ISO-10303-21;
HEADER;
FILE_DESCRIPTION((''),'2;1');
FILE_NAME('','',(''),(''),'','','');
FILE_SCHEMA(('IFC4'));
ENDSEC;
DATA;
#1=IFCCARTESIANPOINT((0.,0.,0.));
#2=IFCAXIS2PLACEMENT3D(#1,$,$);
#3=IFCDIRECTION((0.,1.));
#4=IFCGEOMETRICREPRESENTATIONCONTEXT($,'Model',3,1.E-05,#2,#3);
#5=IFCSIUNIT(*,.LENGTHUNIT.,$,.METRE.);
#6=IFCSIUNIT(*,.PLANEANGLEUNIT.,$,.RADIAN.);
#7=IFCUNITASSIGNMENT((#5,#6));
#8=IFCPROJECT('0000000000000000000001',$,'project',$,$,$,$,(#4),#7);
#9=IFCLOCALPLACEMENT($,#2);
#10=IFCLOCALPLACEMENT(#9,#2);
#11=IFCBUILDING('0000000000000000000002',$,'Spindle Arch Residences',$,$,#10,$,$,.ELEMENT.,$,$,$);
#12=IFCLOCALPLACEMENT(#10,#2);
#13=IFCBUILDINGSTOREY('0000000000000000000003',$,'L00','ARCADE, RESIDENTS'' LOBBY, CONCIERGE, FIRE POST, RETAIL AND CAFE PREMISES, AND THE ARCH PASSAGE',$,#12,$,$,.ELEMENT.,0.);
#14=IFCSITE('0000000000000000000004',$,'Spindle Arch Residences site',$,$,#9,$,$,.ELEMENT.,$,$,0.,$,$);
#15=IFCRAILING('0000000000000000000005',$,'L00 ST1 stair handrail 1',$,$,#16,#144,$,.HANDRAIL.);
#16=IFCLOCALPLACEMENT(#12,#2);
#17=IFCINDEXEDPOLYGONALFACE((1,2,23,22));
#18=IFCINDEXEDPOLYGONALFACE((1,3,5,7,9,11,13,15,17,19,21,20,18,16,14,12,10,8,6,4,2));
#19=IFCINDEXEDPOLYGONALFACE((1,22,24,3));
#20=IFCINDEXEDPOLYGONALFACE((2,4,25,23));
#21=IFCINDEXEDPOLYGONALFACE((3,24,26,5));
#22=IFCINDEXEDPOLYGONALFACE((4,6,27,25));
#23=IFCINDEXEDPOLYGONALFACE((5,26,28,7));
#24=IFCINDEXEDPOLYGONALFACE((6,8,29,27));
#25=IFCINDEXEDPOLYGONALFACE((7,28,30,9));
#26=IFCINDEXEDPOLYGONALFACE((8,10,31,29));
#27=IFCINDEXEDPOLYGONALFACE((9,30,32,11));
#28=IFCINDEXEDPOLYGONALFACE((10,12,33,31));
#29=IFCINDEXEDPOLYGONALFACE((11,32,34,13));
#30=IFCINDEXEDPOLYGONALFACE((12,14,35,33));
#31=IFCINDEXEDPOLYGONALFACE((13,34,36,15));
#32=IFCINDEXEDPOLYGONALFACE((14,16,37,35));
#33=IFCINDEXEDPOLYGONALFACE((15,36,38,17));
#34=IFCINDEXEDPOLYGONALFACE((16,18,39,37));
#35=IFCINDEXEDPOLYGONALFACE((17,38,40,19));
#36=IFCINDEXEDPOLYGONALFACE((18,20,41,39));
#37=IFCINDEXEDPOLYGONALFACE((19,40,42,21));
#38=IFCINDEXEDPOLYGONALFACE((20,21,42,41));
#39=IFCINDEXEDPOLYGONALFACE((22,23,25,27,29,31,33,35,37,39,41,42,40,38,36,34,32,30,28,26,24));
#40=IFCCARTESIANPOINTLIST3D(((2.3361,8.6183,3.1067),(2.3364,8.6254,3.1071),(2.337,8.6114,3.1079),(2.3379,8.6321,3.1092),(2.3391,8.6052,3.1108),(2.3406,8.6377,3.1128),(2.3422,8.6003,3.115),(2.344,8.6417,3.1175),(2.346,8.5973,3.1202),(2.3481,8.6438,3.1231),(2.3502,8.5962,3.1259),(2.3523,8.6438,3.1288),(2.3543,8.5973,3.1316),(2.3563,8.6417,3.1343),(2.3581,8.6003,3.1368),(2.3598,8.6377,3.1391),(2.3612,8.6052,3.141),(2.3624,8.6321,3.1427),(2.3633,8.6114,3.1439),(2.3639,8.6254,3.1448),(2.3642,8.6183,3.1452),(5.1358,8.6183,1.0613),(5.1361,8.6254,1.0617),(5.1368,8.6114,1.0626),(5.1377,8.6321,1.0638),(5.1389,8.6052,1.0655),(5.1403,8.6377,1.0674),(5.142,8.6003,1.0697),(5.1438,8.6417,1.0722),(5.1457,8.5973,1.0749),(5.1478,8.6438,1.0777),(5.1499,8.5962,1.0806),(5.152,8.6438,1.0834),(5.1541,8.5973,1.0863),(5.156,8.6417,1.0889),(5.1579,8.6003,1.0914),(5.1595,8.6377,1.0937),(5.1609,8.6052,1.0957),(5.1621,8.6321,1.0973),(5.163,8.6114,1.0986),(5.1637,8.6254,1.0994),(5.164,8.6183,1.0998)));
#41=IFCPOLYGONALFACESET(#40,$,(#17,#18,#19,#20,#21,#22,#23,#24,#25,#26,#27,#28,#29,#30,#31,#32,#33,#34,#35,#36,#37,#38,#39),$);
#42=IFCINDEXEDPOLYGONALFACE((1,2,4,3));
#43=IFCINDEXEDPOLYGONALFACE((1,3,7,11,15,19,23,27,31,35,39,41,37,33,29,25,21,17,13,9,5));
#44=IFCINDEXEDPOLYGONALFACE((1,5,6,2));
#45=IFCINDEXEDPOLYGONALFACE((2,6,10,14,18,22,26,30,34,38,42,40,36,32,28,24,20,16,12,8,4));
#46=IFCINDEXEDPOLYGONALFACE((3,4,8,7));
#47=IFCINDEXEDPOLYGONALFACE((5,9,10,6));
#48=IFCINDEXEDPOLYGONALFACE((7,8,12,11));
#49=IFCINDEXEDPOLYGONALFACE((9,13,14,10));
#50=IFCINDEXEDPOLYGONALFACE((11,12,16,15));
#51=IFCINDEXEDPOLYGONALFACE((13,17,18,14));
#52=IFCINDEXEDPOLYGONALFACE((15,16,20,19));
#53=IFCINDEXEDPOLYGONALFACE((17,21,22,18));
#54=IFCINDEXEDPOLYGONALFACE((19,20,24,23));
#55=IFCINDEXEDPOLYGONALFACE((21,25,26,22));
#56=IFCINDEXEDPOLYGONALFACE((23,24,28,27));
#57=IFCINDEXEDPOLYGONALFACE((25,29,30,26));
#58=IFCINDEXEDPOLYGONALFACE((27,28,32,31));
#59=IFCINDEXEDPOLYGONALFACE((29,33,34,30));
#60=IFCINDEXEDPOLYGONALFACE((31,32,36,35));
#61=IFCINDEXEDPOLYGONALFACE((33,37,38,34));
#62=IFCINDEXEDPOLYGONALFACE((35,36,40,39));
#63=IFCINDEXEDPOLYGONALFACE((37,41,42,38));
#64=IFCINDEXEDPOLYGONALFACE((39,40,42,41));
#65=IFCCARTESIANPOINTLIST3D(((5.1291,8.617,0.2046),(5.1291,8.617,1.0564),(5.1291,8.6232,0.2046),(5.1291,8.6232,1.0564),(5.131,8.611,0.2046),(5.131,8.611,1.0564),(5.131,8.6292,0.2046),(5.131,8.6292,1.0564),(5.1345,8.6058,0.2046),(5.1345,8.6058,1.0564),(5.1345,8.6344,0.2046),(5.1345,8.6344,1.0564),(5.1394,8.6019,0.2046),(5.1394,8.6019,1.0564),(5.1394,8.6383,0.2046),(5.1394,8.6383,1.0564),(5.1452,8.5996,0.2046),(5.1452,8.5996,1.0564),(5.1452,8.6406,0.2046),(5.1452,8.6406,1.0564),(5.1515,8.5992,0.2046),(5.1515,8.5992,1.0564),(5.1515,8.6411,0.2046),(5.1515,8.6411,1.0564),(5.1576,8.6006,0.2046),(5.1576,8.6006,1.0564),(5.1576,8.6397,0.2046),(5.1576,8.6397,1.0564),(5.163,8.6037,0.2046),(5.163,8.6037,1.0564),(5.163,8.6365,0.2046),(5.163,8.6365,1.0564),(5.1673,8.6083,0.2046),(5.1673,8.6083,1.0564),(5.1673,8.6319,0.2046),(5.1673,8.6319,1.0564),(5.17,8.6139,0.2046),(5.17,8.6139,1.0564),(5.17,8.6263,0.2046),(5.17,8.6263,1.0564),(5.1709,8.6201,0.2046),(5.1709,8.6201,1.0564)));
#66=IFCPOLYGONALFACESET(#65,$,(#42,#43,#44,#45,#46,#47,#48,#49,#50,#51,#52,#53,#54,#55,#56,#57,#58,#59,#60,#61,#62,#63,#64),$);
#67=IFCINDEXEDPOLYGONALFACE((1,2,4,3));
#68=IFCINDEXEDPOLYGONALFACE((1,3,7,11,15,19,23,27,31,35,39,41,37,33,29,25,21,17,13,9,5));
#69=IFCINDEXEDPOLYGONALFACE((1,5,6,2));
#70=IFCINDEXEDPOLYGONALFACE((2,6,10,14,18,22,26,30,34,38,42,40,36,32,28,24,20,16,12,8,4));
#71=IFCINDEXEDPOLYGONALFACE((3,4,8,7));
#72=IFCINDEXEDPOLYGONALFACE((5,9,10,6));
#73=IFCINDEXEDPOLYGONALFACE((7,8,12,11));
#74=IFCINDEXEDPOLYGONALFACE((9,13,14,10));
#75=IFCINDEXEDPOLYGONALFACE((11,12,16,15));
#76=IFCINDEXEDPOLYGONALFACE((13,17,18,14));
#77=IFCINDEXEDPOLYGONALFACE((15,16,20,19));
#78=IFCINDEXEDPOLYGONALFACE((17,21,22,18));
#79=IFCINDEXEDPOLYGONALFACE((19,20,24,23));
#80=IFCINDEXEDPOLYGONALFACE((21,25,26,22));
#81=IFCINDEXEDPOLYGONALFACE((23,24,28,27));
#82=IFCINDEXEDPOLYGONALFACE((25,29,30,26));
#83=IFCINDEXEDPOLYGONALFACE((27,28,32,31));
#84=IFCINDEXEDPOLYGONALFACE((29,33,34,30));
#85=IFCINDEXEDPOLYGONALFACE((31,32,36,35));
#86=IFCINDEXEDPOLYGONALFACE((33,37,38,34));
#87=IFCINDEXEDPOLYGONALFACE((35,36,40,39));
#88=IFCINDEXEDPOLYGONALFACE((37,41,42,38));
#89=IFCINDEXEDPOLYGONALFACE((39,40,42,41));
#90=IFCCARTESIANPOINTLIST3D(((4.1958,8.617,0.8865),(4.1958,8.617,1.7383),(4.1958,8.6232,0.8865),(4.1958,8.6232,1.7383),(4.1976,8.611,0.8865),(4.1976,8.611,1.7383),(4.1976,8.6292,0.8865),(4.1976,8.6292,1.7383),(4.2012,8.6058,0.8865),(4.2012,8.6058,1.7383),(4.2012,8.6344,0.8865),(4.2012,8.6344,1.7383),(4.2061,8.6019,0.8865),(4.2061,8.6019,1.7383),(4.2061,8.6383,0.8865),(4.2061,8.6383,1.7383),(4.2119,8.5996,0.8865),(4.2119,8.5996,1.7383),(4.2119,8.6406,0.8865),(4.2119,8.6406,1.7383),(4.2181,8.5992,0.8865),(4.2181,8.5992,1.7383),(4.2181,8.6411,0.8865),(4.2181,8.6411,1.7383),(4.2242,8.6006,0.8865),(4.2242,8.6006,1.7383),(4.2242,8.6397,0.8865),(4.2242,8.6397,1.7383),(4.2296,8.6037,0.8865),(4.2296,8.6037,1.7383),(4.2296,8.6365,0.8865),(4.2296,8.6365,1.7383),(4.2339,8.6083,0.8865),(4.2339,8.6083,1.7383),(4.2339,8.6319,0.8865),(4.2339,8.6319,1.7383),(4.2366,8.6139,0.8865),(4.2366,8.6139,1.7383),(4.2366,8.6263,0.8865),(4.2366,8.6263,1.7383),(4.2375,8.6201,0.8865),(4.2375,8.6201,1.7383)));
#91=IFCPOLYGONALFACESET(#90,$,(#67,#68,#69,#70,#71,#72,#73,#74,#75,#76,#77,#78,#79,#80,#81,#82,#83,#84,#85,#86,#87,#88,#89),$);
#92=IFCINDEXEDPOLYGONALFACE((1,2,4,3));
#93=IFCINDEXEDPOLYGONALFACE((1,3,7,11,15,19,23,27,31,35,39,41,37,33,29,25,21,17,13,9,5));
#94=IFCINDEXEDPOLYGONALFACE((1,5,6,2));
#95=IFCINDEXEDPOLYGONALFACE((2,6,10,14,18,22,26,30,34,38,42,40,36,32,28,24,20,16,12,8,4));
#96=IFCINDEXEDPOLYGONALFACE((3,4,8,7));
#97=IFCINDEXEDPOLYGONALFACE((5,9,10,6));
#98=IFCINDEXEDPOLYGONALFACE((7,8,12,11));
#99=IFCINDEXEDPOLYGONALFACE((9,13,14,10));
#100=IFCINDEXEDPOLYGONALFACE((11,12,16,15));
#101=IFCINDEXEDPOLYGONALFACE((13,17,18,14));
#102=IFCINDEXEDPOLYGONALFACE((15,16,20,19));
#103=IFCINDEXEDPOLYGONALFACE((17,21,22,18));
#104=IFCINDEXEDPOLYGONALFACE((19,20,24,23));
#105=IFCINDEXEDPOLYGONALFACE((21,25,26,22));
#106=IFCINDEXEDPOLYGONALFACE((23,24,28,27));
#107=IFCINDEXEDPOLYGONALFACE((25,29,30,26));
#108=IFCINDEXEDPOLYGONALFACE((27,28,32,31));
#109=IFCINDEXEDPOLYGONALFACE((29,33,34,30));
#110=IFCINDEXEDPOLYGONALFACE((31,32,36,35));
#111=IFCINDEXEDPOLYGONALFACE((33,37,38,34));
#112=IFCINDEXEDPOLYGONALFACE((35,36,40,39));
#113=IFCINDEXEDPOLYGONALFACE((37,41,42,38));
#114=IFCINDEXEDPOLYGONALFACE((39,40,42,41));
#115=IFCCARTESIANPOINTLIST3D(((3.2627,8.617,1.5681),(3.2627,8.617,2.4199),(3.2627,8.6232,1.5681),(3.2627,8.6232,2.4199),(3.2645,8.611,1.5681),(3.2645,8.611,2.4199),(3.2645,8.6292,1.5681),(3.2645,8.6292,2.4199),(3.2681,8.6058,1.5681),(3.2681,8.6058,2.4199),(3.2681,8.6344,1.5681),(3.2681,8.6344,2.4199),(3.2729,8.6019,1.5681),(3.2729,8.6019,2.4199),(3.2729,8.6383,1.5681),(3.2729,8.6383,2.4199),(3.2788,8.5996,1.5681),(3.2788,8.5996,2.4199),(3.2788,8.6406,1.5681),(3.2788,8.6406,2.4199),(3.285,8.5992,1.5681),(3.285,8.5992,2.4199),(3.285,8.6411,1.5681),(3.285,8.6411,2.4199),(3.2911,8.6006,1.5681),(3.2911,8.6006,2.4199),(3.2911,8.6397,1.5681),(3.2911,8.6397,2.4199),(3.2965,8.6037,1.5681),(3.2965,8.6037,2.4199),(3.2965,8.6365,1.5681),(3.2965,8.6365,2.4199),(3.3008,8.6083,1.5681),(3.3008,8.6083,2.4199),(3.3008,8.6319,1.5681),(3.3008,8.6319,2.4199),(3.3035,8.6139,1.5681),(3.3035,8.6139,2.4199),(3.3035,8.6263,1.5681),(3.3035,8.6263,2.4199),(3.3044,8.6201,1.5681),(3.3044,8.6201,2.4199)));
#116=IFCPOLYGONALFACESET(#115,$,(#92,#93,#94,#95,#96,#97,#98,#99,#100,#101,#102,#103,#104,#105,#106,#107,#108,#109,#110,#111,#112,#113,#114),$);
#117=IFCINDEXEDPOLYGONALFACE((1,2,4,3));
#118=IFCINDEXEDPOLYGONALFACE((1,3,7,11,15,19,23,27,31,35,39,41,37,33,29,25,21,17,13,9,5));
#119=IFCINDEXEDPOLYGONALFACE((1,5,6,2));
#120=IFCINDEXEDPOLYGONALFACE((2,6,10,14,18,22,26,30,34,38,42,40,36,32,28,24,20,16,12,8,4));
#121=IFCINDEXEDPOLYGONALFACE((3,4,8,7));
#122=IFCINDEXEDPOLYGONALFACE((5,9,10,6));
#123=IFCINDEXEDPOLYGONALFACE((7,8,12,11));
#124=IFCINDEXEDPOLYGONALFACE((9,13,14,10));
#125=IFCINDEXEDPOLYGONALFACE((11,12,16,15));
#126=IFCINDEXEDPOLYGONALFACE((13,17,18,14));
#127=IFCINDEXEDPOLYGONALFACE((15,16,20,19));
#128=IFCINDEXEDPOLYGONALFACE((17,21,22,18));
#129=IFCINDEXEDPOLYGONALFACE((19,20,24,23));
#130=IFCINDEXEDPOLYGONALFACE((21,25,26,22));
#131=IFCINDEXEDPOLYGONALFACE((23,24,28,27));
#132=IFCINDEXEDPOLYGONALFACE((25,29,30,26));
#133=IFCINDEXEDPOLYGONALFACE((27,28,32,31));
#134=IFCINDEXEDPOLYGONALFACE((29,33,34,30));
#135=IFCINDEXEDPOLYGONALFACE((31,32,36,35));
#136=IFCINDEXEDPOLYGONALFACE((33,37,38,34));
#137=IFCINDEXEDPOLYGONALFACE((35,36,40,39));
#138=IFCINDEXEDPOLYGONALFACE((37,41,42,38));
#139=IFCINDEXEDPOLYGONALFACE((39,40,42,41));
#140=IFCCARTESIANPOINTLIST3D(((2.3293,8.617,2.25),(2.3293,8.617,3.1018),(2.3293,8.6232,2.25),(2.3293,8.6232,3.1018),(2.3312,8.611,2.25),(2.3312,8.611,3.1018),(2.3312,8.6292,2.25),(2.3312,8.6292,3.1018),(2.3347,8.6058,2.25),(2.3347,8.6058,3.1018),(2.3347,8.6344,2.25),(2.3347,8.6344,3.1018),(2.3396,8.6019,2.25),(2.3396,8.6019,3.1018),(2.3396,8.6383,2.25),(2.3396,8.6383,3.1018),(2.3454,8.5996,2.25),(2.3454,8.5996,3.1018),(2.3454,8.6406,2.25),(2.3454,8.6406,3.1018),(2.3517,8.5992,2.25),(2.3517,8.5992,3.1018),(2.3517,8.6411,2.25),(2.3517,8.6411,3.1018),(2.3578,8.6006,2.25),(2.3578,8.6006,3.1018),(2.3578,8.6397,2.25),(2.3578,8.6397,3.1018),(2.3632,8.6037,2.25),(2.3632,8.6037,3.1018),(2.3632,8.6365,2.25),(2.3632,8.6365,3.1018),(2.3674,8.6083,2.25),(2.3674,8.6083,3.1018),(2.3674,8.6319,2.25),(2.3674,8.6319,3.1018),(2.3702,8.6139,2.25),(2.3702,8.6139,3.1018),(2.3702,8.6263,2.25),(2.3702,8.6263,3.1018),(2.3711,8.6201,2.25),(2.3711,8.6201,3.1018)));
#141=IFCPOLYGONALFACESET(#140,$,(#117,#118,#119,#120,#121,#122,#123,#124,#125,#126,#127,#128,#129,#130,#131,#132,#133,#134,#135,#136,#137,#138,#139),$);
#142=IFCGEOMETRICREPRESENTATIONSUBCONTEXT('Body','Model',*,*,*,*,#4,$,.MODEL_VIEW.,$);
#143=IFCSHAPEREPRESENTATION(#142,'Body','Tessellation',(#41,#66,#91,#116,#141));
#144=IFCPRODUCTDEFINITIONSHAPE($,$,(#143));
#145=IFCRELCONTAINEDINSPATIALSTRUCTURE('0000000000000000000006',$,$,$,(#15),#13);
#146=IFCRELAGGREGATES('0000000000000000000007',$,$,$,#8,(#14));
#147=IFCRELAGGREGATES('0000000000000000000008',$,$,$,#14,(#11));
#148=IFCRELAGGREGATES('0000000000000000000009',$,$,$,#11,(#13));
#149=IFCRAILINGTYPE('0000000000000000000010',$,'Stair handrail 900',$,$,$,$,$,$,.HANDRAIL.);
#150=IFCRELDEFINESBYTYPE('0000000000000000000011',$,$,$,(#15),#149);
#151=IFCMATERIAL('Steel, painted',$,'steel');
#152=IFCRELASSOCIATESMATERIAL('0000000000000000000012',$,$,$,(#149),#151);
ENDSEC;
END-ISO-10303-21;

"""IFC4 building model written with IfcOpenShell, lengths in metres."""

from ifc_helpers import new_model, si_unit, direction, frame, origin, origin_2d, place, context, subcontext, project, spatial, circle, extrude, material, type_object, element, save


model = new_model("IFC4")

# Units and contexts
model_context = context("Model", 3, precision=1e-05, world=origin(), true_north=direction((0.0, 1.0)))
body_context = subcontext(model_context, "Body", "Model", "MODEL_VIEW")
ifc_project = project(units=[si_unit("LENGTHUNIT", "METRE"), si_unit("PLANEANGLEUNIT", "RADIAN")], contexts=[model_context])

# Site, building, storey
site_placement = place(None, origin())
site = spatial("IfcSite", under=ifc_project, at=site_placement, Name="Spindle Arch Residences site", CompositionType="ELEMENT", RefElevation=0.0)
building_placement = place(site_placement, origin())
building = spatial("IfcBuilding", under=site, at=building_placement, Name="Spindle Arch Residences", CompositionType="ELEMENT")
storey_placement = place(building_placement, origin())
storey = spatial("IfcBuildingStorey", under=building, at=storey_placement, Name="L00", Description="ARCADE, RESIDENTS' LOBBY, CONCIERGE, FIRE POST, RETAIL AND CAFE PREMISES, AND THE ARCH PASSAGE", CompositionType="ELEMENT", Elevation=0.0)

# Railing
ifc_material_1 = material(Name="Steel, painted", Category="steel")
railing_type_1 = type_object("IfcRailingType", Name="Stair handrail 900", PredefinedType="HANDRAIL", material=ifc_material_1)
railing_1_placement = place(storey_placement, frame((5.1499, 8.6201, 0.2046)))
element("IfcRailing", 1, at=railing_1_placement, inside=storey, type_object=railing_type_1, Name="L00 ST1 stair handrail 1", PredefinedType="HANDRAIL", context=body_context, shape_type="SweptSolid", body=[
    extrude(circle(Radius=0.0239, at=origin_2d()), frame((0.0, 0.0, 0.876), z_axis=(-0.807474, 0.0, 0.589904), x_axis=(0.0, -1.0, 0.0)), (0.0, 0.0, 1.0), 3.4673),
    extrude(circle(Radius=0.021, at=origin_2d()), origin(), (0.0, 0.0, 1.0), 0.8518),
    extrude(circle(Radius=0.021, at=origin_2d()), frame((-0.9333, 0.0, 0.6819)), (0.0, 0.0, 1.0), 0.8518),
    extrude(circle(Radius=0.021, at=origin_2d()), frame((-1.8665, 0.0, 1.3635)), (0.0, 0.0, 1.0), 0.8518),
    extrude(circle(Radius=0.021, at=origin_2d()), frame((-2.7998, 0.0, 2.0454)), (0.0, 0.0, 1.0), 0.8518),
])

save(model, "model.ifc")
